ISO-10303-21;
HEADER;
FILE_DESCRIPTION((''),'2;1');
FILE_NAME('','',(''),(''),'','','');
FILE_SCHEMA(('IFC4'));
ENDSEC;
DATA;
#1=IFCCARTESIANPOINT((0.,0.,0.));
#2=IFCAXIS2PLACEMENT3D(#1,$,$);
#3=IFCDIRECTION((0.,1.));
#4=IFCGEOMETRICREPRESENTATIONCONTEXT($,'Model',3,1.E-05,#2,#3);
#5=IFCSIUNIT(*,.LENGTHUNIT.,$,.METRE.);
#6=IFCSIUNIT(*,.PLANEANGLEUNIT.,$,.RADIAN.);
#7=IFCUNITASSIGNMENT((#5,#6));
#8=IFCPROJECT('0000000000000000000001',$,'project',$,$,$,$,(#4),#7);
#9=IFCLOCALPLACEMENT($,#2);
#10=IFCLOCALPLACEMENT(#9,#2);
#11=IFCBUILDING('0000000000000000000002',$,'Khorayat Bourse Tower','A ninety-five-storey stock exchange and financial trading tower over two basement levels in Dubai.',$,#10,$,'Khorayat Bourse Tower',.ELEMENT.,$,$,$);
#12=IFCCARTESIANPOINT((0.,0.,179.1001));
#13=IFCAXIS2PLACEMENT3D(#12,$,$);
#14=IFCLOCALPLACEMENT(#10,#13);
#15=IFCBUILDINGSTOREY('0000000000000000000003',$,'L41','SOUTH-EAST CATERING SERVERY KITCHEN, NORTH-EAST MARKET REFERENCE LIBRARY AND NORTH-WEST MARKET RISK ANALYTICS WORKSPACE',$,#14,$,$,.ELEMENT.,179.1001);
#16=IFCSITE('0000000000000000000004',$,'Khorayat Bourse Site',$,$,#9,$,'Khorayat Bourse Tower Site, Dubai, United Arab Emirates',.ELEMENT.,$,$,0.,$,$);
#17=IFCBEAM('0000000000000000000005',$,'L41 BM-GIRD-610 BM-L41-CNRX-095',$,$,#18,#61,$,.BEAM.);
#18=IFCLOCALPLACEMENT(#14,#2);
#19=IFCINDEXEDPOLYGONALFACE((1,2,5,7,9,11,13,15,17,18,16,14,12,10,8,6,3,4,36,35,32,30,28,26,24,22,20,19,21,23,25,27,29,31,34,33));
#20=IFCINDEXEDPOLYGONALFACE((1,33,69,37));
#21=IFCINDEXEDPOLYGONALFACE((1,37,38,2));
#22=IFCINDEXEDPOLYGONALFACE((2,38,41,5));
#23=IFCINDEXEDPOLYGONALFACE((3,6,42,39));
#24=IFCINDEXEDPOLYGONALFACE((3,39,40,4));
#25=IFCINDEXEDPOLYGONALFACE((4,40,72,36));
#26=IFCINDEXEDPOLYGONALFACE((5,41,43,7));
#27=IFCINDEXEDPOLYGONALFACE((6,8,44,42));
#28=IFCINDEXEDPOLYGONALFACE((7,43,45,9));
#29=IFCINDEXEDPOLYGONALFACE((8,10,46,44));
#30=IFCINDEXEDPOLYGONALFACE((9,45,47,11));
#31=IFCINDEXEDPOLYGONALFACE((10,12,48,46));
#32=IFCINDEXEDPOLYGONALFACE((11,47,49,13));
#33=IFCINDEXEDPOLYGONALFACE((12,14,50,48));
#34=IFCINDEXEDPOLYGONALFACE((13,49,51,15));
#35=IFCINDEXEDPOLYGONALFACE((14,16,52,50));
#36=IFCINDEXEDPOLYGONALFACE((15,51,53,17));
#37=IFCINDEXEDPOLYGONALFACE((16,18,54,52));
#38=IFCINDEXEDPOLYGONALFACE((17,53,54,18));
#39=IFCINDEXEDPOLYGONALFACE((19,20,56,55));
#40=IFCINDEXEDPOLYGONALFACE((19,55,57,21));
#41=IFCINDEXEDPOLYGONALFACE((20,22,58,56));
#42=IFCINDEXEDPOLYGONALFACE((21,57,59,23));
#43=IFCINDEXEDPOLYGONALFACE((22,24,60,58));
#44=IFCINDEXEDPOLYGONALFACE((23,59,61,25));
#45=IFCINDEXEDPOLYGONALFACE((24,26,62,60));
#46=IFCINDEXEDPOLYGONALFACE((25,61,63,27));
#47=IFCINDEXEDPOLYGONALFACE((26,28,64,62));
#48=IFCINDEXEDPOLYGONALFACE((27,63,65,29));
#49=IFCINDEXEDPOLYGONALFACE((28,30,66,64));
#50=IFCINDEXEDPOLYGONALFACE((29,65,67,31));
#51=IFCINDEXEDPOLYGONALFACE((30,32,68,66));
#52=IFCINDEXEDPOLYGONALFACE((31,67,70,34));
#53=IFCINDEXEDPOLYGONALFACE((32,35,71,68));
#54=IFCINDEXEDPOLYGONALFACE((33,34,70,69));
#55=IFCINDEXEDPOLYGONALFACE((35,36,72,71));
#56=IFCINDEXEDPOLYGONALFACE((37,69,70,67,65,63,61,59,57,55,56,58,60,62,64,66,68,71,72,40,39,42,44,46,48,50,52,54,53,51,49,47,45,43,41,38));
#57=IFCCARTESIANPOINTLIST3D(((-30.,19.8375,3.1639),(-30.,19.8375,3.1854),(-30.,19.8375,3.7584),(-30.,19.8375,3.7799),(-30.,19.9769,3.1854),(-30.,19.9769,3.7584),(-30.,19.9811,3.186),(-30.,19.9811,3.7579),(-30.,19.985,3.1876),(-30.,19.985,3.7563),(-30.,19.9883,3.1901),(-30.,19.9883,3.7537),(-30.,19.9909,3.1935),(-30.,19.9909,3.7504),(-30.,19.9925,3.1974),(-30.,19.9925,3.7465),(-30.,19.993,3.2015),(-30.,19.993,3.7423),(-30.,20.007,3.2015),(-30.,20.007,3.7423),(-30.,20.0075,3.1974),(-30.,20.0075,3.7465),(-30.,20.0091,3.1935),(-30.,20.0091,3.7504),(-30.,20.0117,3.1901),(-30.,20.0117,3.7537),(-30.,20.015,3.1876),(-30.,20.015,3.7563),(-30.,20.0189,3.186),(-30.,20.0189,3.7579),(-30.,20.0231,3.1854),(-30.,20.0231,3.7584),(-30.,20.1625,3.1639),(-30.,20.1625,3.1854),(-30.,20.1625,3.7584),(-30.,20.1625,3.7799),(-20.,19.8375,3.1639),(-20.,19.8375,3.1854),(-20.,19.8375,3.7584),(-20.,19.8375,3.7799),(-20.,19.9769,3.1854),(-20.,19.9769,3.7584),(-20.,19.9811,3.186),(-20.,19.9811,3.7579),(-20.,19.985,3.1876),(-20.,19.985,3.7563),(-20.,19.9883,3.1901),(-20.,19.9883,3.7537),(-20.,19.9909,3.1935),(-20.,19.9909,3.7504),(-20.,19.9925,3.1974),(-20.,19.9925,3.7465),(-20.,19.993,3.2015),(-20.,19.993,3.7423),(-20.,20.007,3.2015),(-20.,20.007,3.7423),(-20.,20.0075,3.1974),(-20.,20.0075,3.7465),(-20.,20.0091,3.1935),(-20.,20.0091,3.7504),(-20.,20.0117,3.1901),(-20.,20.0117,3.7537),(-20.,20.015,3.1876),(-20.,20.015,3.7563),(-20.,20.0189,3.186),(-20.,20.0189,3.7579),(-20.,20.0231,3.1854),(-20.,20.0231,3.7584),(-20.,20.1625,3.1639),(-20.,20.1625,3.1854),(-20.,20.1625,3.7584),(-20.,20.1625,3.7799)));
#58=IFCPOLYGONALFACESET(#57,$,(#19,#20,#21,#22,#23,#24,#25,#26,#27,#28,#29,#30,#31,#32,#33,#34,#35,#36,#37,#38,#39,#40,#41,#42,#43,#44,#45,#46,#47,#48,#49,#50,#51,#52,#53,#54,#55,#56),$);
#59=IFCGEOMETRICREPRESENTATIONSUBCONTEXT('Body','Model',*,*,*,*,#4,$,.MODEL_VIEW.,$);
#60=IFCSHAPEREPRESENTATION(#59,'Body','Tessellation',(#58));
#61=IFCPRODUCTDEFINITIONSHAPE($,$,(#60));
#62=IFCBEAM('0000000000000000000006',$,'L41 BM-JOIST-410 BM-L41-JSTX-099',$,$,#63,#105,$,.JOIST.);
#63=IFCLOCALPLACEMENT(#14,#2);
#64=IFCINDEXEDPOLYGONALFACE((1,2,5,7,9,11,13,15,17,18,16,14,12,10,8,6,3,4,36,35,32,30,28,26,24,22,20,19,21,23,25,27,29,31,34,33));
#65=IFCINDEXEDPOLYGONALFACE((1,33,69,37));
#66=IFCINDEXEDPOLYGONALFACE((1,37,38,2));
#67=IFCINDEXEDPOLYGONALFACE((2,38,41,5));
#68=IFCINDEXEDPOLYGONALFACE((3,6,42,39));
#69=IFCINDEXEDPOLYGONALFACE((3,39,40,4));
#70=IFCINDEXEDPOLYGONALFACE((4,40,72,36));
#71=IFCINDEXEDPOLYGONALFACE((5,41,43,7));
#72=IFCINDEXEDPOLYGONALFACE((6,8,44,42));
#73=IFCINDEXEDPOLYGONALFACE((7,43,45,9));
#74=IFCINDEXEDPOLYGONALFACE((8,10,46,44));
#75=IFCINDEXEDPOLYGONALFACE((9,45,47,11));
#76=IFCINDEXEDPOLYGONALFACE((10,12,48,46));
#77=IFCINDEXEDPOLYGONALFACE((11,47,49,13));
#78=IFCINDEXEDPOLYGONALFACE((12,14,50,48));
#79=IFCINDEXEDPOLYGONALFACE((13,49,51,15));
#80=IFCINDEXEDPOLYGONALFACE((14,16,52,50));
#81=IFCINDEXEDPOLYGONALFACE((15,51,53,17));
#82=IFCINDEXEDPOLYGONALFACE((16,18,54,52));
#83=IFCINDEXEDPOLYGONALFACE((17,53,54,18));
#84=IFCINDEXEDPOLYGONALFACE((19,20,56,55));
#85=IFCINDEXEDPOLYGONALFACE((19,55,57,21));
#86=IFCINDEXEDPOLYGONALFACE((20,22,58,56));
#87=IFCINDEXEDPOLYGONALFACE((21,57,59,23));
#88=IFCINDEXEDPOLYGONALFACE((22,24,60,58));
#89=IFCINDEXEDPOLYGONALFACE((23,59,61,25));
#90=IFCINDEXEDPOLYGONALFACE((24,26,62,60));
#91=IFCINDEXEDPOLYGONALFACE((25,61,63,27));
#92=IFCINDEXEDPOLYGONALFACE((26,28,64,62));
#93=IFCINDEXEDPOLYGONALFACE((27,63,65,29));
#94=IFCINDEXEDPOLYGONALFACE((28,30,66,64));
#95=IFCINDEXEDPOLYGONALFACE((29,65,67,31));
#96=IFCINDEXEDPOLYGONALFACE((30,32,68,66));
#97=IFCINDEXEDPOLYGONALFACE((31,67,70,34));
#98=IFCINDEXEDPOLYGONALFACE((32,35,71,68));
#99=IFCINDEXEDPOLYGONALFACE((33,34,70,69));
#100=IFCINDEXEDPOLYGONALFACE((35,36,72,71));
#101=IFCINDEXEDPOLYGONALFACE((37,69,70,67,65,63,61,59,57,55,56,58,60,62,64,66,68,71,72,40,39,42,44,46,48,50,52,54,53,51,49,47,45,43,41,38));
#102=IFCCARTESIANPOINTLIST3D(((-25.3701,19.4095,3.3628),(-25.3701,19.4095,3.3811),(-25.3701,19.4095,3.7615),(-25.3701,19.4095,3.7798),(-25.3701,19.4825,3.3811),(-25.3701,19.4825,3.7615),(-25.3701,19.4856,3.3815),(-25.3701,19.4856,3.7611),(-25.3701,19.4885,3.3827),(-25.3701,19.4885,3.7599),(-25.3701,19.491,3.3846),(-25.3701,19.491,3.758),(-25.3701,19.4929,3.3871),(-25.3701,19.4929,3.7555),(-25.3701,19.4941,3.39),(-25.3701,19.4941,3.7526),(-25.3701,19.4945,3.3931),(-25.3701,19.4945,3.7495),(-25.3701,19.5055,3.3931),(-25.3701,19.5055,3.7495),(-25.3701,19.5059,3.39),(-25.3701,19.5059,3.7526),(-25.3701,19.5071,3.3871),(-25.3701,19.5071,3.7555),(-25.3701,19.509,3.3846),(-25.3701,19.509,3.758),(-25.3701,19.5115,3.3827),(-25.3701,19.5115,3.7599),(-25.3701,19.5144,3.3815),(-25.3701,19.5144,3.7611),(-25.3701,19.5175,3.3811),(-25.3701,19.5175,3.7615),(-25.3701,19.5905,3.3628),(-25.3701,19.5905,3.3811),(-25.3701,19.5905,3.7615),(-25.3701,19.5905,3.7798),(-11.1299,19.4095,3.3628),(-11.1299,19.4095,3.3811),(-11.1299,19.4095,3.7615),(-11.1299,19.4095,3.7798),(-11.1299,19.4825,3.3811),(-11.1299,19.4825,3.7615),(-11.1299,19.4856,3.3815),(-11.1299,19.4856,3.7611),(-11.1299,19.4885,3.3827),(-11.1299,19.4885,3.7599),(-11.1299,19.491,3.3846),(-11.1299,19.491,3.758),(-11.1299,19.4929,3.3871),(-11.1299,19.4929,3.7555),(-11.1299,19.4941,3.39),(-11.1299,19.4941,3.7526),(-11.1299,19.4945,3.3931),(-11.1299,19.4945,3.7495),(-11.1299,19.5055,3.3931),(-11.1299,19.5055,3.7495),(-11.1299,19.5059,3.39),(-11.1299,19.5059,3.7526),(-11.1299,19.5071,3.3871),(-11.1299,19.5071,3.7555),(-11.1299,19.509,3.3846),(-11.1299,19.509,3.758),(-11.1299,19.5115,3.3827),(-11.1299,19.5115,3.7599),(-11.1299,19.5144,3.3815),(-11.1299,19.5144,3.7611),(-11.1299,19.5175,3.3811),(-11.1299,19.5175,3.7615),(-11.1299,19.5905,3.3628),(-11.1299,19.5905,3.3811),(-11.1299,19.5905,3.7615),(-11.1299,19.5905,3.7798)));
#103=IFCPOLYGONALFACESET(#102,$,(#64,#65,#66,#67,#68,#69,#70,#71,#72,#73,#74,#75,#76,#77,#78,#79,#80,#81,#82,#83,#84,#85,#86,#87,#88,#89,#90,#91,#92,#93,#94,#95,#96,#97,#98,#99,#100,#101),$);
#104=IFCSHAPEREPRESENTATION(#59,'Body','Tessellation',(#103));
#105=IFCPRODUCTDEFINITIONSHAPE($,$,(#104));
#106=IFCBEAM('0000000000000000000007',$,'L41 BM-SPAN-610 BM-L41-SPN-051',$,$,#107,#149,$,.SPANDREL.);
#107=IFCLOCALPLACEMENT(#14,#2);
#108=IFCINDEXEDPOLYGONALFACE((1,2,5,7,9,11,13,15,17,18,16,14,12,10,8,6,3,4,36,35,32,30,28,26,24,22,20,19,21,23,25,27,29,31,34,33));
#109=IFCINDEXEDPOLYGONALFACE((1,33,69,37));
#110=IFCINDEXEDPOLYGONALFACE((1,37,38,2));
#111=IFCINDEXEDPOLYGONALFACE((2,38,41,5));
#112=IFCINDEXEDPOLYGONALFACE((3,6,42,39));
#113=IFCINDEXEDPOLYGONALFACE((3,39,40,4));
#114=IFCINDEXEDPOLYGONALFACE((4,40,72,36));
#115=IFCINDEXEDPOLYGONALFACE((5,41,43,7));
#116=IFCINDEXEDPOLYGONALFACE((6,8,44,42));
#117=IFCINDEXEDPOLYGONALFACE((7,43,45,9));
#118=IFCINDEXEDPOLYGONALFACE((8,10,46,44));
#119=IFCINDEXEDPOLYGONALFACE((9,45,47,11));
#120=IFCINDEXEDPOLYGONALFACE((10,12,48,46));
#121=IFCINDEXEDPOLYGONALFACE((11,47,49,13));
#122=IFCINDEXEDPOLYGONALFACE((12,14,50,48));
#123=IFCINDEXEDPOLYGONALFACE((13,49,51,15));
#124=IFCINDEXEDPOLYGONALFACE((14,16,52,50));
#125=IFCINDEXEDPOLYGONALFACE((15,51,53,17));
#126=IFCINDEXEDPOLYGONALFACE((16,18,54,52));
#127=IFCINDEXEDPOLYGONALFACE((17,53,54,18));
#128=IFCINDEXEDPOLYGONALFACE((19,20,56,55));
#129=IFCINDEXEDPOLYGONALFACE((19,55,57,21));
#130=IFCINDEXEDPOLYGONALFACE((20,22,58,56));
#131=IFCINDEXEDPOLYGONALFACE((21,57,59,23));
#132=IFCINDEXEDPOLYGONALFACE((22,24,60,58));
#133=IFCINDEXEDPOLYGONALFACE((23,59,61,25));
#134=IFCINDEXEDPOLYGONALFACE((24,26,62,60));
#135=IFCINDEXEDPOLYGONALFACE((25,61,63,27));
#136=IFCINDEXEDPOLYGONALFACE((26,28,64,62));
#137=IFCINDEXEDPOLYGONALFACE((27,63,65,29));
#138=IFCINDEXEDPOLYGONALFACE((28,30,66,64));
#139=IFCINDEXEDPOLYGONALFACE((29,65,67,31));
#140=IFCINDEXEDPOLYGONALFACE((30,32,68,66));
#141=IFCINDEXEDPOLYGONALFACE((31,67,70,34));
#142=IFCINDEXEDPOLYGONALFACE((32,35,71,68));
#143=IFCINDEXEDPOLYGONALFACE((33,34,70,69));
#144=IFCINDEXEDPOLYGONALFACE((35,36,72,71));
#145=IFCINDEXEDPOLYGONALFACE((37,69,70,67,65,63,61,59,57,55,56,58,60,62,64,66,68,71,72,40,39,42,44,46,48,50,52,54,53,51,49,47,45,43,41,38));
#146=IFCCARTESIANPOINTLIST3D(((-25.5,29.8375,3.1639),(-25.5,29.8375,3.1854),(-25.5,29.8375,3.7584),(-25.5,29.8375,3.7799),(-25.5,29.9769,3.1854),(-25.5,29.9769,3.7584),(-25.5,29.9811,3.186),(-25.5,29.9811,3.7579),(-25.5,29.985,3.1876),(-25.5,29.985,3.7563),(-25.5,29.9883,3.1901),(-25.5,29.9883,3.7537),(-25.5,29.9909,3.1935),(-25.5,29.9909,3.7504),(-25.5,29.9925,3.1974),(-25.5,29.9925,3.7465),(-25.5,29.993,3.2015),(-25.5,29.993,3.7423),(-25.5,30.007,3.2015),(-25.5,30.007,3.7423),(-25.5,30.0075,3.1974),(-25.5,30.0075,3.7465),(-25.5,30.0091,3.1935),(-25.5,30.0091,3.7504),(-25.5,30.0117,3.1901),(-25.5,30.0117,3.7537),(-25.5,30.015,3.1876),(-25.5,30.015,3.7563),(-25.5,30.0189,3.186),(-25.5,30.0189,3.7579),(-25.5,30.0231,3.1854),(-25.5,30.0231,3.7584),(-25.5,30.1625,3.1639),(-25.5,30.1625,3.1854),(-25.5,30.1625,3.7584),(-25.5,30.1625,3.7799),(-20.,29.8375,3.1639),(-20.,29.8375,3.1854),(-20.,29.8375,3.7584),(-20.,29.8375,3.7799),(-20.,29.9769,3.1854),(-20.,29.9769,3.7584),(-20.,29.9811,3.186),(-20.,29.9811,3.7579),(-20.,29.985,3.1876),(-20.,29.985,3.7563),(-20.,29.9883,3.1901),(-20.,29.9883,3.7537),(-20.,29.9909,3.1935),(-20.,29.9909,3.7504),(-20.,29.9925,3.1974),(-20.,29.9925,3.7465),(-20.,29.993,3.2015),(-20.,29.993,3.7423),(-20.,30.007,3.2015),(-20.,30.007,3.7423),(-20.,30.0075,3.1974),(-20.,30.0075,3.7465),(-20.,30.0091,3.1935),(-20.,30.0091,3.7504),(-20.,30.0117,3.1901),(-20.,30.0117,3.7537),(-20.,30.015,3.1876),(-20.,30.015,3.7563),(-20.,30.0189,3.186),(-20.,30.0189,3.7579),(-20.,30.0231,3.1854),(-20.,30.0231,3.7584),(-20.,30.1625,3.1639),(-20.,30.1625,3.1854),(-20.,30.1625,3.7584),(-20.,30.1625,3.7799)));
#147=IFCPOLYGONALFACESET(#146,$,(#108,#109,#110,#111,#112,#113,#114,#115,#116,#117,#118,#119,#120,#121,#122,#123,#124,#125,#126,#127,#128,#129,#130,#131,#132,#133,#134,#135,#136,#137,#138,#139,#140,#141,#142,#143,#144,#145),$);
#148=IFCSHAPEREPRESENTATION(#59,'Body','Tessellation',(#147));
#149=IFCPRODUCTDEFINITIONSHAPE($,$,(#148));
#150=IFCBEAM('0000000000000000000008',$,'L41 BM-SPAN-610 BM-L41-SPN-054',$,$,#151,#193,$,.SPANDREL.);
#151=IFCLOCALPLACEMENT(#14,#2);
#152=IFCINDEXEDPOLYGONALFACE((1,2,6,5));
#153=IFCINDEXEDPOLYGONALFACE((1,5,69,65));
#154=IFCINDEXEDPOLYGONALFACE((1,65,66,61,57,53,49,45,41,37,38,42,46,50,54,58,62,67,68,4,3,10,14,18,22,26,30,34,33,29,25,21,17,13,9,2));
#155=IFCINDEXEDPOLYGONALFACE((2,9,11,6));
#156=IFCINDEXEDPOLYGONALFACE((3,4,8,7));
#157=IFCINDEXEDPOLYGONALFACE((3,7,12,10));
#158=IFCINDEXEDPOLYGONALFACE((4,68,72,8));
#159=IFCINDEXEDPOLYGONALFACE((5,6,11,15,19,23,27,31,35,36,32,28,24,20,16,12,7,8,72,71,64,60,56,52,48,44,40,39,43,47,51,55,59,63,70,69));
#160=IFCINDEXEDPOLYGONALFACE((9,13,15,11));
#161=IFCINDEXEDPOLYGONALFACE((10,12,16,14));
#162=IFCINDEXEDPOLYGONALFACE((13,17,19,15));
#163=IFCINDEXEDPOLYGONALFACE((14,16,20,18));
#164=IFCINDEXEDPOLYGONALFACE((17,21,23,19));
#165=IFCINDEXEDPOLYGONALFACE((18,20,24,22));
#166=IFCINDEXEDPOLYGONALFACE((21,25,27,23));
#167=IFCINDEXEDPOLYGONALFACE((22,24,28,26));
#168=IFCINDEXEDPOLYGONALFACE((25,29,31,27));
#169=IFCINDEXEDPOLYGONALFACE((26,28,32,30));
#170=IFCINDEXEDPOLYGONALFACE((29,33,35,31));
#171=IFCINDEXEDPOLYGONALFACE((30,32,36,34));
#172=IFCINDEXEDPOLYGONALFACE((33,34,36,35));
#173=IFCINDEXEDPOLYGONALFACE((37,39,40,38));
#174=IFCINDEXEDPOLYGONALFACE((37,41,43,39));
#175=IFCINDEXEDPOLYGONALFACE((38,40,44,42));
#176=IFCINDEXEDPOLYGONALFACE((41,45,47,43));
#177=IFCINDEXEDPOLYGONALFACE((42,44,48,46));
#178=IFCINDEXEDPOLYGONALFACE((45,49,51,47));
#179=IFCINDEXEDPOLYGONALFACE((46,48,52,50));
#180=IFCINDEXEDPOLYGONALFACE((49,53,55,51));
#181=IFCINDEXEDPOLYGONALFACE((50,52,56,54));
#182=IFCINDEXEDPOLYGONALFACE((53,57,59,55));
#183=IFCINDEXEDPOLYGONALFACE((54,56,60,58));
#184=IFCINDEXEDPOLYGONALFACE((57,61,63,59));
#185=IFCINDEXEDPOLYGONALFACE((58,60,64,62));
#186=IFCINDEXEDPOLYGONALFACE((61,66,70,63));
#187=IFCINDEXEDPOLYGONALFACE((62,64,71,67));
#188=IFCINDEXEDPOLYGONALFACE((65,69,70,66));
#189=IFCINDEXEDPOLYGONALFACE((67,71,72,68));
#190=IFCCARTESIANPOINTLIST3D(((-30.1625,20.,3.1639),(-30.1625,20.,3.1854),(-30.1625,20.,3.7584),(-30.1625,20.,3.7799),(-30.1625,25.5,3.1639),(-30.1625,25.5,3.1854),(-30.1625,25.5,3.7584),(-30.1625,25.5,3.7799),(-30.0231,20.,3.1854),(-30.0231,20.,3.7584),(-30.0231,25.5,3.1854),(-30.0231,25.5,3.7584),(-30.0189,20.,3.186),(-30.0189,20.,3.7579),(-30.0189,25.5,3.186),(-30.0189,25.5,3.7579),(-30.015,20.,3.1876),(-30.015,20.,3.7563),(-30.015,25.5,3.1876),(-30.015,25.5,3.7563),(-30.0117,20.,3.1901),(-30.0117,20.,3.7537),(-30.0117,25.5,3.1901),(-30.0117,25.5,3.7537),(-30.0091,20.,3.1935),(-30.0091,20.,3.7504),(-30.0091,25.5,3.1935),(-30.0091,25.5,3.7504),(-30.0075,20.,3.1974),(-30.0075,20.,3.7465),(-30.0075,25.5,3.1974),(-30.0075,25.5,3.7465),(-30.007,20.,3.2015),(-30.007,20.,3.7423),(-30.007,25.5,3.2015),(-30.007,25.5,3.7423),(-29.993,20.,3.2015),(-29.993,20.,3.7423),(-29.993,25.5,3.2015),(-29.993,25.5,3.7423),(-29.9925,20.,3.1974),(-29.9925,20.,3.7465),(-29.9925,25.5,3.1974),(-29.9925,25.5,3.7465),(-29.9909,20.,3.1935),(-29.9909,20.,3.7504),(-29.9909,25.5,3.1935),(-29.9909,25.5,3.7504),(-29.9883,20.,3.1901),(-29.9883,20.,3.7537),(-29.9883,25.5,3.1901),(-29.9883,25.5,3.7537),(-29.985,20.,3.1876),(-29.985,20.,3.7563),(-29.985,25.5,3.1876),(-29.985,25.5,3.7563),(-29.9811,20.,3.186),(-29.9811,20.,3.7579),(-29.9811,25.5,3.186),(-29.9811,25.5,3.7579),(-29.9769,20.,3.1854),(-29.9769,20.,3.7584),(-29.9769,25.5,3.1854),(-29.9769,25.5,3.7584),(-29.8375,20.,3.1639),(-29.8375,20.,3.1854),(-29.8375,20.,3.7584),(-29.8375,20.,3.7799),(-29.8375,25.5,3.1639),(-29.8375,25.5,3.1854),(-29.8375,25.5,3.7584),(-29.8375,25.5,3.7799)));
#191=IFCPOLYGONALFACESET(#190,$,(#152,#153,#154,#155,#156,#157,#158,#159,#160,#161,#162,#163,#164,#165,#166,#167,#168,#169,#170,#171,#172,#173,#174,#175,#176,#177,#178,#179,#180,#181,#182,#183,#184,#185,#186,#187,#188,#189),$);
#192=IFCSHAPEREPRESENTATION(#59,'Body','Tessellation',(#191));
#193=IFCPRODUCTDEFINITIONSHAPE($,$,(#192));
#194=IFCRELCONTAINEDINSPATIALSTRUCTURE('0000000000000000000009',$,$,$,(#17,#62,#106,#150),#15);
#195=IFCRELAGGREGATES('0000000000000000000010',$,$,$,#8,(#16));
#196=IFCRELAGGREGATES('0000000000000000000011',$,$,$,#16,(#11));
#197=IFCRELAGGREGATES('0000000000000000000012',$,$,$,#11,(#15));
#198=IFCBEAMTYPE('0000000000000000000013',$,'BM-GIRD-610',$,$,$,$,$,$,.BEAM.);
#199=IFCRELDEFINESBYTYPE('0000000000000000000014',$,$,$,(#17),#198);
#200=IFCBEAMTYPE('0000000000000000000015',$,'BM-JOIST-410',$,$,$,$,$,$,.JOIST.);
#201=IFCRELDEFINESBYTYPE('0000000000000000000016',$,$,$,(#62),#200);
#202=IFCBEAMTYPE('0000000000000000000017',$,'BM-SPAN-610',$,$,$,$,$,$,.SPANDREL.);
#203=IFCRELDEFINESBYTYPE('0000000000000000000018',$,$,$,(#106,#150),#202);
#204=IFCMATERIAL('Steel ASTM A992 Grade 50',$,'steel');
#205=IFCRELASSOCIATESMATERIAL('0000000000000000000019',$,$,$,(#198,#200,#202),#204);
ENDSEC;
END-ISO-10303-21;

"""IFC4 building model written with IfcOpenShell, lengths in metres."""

from ifc_helpers import new_model, si_unit, direction, frame, origin, origin_2d, place, context, subcontext, project, spatial, i_section, extrude, source, transform, mapped, material, material_profile, profile_set, type_object, element, save


model = new_model("IFC4")

# Units and contexts
model_context = context("Model", 3, precision=1e-05, world=origin(), true_north=direction((0.0, 1.0)))
body_context = subcontext(model_context, "Body", "Model", "MODEL_VIEW")
ifc_project = project(units=[si_unit("LENGTHUNIT", "METRE"), si_unit("PLANEANGLEUNIT", "RADIAN")], contexts=[model_context])

# Site, building, storey
site_placement = place(None, origin())
site = spatial("IfcSite", under=ifc_project, at=site_placement, Name="Khorayat Bourse Site", LongName="Khorayat Bourse Tower Site, Dubai, United Arab Emirates", CompositionType="ELEMENT", RefElevation=0.0)
building_placement = place(site_placement, origin())
building = spatial("IfcBuilding", under=site, at=building_placement, Name="Khorayat Bourse Tower", Description="A ninety-five-storey stock exchange and financial trading tower over two basement levels in Dubai.", LongName="Khorayat Bourse Tower", CompositionType="ELEMENT")
storey_placement = place(building_placement, frame((0.0, 0.0, 179.1001)))
storey = spatial("IfcBuildingStorey", under=building, at=storey_placement, Name="L41", Description="SOUTH-EAST CATERING SERVERY KITCHEN, NORTH-EAST MARKET REFERENCE LIBRARY AND NORTH-WEST MARKET RISK ANALYTICS WORKSPACE", CompositionType="ELEMENT", Elevation=179.1001)

# Beams
ifc_material_1 = material(Name="Steel ASTM A992 Grade 50", Category="steel")
ifc_material_profile_1 = material_profile(ifc_material_1, i_section(OverallWidth=0.325, OverallDepth=0.616, WebThickness=0.0139, FlangeThickness=0.0215, FilletRadius=0.0161, at=origin_2d()), Name="W610X174")
ifc_profile_set_1 = profile_set([ifc_material_profile_1], Name="Steel ASTM A992 Grade 50")
beam_type_1 = type_object("IfcBeamType", Name="BM-GIRD-610", PredefinedType="BEAM", material=ifc_profile_set_1)
shared_shape_1 = source(origin(), body_context, "Body", "SweptSolid", [
    extrude(i_section(OverallWidth=0.325, OverallDepth=0.616, WebThickness=0.0139, FlangeThickness=0.0215, FilletRadius=0.0161, at=origin_2d()), origin(), (0.0, 0.0, 1.0), 10.0),
])
beam_1_placement = place(storey_placement, frame((-30.0, 20.0, 3.4719), z_axis=(1.0, 0.0, 0.0), x_axis=(0.0, 1.0, 0.0)))
element("IfcBeam", 1, at=beam_1_placement, inside=storey, type_object=beam_type_1, Name="L41 BM-GIRD-610 BM-L41-CNRX-095", PredefinedType="BEAM", context=body_context, shape_type="MappedRepresentation", body=[
    mapped(shared_shape_1, transform((0.0, 0.0, 0.0), scale=1.0)),
])
ifc_material_profile_2 = material_profile(ifc_material_1, i_section(OverallWidth=0.1809, OverallDepth=0.417, WebThickness=0.011, FlangeThickness=0.0183, FilletRadius=0.012, at=origin_2d()), Name="W410X85")
ifc_profile_set_2 = profile_set([ifc_material_profile_2], Name="Steel ASTM A992 Grade 50")
beam_type_2 = type_object("IfcBeamType", Name="BM-JOIST-410", PredefinedType="JOIST", material=ifc_profile_set_2)
shared_shape_2 = source(origin(), body_context, "Body", "SweptSolid", [
    extrude(i_section(OverallWidth=0.1809, OverallDepth=0.417, WebThickness=0.011, FlangeThickness=0.0183, FilletRadius=0.012, at=origin_2d()), origin(), (0.0, 0.0, 1.0), 14.2402),
])
beam_2_placement = place(storey_placement, frame((-25.3701, 19.5, 3.5713), z_axis=(1.0, 0.0, 0.0), x_axis=(0.0, 1.0, 0.0)))
element("IfcBeam", 2, at=beam_2_placement, inside=storey, type_object=beam_type_2, Name="L41 BM-JOIST-410 BM-L41-JSTX-099", PredefinedType="JOIST", context=body_context, shape_type="MappedRepresentation", body=[
    mapped(shared_shape_2, transform((0.0, 0.0, 0.0), scale=1.0)),
])
ifc_material_profile_3 = material_profile(ifc_material_1, i_section(OverallWidth=0.325, OverallDepth=0.616, WebThickness=0.0139, FlangeThickness=0.0215, FilletRadius=0.0161, at=origin_2d()), Name="W610X174")
ifc_profile_set_3 = profile_set([ifc_material_profile_3], Name="Steel ASTM A992 Grade 50")
beam_type_3 = type_object("IfcBeamType", Name="BM-SPAN-610", PredefinedType="SPANDREL", material=ifc_profile_set_3)
shared_shape_3 = source(origin(), body_context, "Body", "SweptSolid", [
    extrude(i_section(OverallWidth=0.325, OverallDepth=0.616, WebThickness=0.0139, FlangeThickness=0.0215, FilletRadius=0.0161, at=origin_2d()), origin(), (0.0, 0.0, 1.0), 5.5),
])
for number, where, z_axis, x_axis, name in (
    (3, (-25.5, 30.0, 3.4719), (1.0, 0.0, 0.0), (0.0, 1.0, 0.0), "L41 BM-SPAN-610 BM-L41-SPN-051"),
    (4, (-30.0, 20.0, 3.4719), (0.0, 1.0, 0.0), (-1.0, 0.0, 0.0), "L41 BM-SPAN-610 BM-L41-SPN-054"),
):
    element("IfcBeam", number, at=place(storey_placement, frame(where, z_axis=z_axis, x_axis=x_axis)), inside=storey, type_object=beam_type_3, Name=name, PredefinedType="SPANDREL", context=body_context, shape_type="MappedRepresentation", body=[
        mapped(shared_shape_3, transform((0.0, 0.0, 0.0), scale=1.0)),
    ])

save(model, "model.ifc")
